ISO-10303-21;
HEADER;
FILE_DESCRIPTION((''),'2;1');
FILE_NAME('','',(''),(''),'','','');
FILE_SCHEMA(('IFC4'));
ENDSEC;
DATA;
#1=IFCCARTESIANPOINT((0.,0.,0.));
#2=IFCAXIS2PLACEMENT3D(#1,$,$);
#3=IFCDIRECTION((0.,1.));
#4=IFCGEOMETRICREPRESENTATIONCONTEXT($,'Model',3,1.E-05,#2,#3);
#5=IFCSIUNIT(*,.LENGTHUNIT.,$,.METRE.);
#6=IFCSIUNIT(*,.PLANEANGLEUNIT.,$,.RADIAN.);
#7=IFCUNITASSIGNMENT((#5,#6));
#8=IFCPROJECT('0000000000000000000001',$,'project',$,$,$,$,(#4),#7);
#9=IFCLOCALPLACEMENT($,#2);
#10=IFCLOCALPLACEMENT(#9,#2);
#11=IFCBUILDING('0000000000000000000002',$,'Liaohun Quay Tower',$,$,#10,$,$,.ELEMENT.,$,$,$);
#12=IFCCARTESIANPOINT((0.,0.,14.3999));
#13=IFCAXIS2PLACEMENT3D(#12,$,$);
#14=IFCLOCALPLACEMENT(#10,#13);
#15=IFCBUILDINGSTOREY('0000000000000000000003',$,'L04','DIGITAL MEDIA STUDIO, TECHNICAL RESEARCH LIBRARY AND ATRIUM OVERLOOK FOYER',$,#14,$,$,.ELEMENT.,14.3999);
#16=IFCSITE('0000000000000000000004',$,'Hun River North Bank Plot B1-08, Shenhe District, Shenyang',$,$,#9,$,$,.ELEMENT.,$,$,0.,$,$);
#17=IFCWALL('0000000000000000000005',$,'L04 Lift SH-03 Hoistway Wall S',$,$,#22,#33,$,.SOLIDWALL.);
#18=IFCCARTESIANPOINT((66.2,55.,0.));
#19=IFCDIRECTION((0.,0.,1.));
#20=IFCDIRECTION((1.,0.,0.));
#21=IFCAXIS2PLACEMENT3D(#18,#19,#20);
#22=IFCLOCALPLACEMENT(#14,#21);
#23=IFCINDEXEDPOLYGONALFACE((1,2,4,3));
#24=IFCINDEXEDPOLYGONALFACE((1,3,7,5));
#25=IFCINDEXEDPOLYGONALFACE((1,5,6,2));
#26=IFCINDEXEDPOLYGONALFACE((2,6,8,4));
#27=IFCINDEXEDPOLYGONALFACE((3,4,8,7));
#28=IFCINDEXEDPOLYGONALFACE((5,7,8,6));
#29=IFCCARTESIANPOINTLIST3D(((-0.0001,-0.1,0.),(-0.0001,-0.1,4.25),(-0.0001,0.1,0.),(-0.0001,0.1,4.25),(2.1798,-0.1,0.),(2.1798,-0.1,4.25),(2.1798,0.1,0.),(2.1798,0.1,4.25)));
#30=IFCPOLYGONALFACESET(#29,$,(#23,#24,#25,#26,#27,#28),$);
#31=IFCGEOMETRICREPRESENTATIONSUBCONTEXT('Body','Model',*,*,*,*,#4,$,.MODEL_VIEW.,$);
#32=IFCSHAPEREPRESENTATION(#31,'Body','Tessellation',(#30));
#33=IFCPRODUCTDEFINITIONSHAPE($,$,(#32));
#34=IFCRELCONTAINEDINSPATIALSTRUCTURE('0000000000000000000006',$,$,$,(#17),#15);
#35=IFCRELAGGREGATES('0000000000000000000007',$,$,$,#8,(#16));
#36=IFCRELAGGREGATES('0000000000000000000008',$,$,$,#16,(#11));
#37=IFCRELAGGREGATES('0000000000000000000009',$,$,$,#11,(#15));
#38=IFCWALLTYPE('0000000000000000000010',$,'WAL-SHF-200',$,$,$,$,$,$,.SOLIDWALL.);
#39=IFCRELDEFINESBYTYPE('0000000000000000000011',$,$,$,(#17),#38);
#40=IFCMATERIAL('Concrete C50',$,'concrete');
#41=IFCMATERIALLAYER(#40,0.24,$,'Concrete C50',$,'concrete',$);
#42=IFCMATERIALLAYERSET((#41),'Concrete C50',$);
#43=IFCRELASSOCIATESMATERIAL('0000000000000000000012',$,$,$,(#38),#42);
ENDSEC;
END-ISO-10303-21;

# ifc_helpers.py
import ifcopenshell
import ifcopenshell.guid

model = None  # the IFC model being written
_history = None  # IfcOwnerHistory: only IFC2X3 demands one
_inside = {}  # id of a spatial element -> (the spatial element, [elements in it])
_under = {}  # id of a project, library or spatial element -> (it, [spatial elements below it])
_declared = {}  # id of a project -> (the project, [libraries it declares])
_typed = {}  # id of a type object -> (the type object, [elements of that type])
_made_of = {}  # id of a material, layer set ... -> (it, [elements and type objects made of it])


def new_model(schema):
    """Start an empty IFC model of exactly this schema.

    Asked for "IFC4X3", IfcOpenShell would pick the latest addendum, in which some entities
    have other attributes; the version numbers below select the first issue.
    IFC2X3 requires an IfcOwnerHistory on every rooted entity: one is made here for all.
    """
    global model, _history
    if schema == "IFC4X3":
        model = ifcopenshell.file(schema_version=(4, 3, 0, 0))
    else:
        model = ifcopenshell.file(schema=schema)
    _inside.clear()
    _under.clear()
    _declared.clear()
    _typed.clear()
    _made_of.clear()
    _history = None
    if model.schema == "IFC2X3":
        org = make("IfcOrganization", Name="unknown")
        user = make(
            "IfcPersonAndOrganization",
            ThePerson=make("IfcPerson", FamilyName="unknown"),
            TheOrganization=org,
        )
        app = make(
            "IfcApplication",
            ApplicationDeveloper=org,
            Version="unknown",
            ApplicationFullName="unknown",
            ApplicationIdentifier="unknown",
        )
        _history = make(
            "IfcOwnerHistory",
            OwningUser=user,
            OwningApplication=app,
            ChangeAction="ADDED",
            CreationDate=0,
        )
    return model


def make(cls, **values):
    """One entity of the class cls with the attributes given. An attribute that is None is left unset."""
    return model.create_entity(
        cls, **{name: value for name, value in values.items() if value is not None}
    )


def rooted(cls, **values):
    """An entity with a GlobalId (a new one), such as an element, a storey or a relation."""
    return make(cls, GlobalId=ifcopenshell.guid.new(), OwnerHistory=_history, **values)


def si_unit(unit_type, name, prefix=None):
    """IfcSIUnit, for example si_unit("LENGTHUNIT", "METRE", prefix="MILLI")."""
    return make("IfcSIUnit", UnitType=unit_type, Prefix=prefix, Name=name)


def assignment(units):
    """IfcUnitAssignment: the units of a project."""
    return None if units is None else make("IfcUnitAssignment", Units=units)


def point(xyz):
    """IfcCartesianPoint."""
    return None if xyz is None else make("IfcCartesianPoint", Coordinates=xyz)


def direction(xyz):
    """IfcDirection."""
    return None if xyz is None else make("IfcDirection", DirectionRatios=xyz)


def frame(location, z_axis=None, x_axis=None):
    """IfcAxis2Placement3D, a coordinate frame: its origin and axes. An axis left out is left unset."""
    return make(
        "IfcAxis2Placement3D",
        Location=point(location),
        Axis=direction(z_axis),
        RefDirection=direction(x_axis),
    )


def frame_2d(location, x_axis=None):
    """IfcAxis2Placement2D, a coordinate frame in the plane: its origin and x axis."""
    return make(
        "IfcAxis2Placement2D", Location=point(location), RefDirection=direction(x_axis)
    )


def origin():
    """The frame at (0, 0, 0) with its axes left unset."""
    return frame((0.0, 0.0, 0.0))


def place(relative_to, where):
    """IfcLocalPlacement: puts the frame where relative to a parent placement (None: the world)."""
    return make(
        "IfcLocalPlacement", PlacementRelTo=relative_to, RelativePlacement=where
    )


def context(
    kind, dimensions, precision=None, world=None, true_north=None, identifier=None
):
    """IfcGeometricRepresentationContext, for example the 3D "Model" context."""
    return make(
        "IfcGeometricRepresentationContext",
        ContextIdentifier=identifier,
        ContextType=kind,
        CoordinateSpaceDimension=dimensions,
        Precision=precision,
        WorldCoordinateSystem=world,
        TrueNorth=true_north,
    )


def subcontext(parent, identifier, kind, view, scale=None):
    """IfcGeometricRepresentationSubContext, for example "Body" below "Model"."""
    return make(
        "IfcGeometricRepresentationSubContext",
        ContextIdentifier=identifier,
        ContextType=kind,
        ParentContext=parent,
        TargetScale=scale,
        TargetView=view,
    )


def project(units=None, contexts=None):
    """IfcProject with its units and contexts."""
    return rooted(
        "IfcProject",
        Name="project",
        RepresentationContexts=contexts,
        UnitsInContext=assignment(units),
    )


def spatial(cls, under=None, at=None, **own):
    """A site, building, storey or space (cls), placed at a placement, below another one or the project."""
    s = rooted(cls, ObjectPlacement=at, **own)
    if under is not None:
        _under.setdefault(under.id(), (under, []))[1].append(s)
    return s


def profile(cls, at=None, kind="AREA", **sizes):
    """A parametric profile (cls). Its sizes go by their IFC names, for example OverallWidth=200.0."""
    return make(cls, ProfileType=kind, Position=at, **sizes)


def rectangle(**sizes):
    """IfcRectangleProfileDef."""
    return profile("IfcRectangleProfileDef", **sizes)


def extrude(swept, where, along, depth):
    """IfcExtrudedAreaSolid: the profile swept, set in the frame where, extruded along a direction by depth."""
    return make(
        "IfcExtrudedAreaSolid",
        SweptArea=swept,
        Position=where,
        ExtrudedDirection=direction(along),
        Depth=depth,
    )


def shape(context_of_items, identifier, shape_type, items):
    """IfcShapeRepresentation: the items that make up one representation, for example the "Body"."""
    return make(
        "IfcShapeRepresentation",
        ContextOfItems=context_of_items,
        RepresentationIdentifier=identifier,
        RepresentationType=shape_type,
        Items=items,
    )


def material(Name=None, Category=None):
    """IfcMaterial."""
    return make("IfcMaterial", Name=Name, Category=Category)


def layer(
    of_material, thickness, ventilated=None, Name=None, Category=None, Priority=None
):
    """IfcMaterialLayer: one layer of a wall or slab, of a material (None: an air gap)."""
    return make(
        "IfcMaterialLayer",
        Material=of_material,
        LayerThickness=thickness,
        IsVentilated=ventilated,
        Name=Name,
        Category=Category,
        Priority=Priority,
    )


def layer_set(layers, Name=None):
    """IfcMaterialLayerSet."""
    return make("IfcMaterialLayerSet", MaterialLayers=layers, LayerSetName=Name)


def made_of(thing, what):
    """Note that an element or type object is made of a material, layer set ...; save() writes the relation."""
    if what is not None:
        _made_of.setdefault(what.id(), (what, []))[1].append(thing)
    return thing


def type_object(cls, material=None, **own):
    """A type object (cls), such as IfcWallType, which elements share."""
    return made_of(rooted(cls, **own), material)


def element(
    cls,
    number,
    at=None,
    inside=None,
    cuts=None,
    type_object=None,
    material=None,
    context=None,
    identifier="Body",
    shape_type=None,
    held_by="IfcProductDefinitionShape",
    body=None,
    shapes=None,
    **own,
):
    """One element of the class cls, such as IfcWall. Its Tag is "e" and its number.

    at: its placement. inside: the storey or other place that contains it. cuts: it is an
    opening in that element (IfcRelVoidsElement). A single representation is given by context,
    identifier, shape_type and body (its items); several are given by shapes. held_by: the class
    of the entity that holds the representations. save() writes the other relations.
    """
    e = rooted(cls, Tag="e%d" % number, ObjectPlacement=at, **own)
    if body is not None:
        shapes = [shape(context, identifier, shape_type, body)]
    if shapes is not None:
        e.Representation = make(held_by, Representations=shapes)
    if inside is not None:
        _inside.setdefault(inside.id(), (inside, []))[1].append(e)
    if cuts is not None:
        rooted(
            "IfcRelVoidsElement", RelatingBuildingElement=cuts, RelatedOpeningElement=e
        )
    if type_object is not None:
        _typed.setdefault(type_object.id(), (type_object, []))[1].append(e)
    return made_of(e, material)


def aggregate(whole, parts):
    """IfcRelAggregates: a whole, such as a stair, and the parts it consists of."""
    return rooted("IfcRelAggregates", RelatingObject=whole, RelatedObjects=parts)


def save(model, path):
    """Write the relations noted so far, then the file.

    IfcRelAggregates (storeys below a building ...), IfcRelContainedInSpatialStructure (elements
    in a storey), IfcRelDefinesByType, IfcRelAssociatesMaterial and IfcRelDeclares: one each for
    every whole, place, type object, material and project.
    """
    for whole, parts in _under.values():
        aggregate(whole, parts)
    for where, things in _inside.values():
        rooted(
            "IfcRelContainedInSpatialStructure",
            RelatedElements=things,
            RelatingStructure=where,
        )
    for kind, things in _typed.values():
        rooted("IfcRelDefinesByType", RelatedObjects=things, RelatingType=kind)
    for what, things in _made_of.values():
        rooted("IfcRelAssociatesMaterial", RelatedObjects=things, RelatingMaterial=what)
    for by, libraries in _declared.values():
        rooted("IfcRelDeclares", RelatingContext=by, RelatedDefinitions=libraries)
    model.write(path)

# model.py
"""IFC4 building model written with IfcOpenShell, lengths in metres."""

from ifc_helpers import new_model, si_unit, direction, frame, frame_2d, origin, place, context, subcontext, project, spatial, rectangle, extrude, material, layer, layer_set, type_object, element, save


model = new_model("IFC4")

# Units and contexts
model_context = context("Model", 3, precision=1e-05, world=origin(), true_north=direction((0.0, 1.0)))
body_context = subcontext(model_context, "Body", "Model", "MODEL_VIEW")
ifc_project = project(units=[si_unit("LENGTHUNIT", "METRE"), si_unit("PLANEANGLEUNIT", "RADIAN")], contexts=[model_context])

# Site, building, storey
site_placement = place(None, origin())
site = spatial("IfcSite", under=ifc_project, at=site_placement, Name="Hun River North Bank Plot B1-08, Shenhe District, Shenyang", CompositionType="ELEMENT", RefElevation=0.0)
building_placement = place(site_placement, origin())
building = spatial("IfcBuilding", under=site, at=building_placement, Name="Liaohun Quay Tower", CompositionType="ELEMENT")
storey_placement = place(building_placement, frame((0.0, 0.0, 14.3999)))
storey = spatial("IfcBuildingStorey", under=building, at=storey_placement, Name="L04", Description="DIGITAL MEDIA STUDIO, TECHNICAL RESEARCH LIBRARY AND ATRIUM OVERLOOK FOYER", CompositionType="ELEMENT", Elevation=14.3999)

# Shared definitions
ifc_material_1 = material(Name="Concrete C50", Category="concrete")
ifc_layer_1 = layer(ifc_material_1, 0.24, Name="Concrete C50", Category="concrete")
ifc_layer_set_1 = layer_set([ifc_layer_1], Name="Concrete C50")
wall_type_1 = type_object("IfcWallType", Name="WAL-SHF-200", PredefinedType="SOLIDWALL", material=ifc_layer_set_1)

# Wall
wall_1_placement = place(storey_placement, frame((66.2, 55.0, 0.0), z_axis=(0.0, 0.0, 1.0), x_axis=(1.0, 0.0, 0.0)))
element("IfcWall", 1, at=wall_1_placement, inside=storey, type_object=wall_type_1, Name="L04 Lift SH-03 Hoistway Wall S", PredefinedType="SOLIDWALL", context=body_context, shape_type="SweptSolid", body=[
    extrude(rectangle(XDim=2.1799, YDim=0.2, at=frame_2d((1.0898, 0.0))), origin(), (0.0, 0.0, 1.0), 4.25),
])

save(model, "model.ifc")
